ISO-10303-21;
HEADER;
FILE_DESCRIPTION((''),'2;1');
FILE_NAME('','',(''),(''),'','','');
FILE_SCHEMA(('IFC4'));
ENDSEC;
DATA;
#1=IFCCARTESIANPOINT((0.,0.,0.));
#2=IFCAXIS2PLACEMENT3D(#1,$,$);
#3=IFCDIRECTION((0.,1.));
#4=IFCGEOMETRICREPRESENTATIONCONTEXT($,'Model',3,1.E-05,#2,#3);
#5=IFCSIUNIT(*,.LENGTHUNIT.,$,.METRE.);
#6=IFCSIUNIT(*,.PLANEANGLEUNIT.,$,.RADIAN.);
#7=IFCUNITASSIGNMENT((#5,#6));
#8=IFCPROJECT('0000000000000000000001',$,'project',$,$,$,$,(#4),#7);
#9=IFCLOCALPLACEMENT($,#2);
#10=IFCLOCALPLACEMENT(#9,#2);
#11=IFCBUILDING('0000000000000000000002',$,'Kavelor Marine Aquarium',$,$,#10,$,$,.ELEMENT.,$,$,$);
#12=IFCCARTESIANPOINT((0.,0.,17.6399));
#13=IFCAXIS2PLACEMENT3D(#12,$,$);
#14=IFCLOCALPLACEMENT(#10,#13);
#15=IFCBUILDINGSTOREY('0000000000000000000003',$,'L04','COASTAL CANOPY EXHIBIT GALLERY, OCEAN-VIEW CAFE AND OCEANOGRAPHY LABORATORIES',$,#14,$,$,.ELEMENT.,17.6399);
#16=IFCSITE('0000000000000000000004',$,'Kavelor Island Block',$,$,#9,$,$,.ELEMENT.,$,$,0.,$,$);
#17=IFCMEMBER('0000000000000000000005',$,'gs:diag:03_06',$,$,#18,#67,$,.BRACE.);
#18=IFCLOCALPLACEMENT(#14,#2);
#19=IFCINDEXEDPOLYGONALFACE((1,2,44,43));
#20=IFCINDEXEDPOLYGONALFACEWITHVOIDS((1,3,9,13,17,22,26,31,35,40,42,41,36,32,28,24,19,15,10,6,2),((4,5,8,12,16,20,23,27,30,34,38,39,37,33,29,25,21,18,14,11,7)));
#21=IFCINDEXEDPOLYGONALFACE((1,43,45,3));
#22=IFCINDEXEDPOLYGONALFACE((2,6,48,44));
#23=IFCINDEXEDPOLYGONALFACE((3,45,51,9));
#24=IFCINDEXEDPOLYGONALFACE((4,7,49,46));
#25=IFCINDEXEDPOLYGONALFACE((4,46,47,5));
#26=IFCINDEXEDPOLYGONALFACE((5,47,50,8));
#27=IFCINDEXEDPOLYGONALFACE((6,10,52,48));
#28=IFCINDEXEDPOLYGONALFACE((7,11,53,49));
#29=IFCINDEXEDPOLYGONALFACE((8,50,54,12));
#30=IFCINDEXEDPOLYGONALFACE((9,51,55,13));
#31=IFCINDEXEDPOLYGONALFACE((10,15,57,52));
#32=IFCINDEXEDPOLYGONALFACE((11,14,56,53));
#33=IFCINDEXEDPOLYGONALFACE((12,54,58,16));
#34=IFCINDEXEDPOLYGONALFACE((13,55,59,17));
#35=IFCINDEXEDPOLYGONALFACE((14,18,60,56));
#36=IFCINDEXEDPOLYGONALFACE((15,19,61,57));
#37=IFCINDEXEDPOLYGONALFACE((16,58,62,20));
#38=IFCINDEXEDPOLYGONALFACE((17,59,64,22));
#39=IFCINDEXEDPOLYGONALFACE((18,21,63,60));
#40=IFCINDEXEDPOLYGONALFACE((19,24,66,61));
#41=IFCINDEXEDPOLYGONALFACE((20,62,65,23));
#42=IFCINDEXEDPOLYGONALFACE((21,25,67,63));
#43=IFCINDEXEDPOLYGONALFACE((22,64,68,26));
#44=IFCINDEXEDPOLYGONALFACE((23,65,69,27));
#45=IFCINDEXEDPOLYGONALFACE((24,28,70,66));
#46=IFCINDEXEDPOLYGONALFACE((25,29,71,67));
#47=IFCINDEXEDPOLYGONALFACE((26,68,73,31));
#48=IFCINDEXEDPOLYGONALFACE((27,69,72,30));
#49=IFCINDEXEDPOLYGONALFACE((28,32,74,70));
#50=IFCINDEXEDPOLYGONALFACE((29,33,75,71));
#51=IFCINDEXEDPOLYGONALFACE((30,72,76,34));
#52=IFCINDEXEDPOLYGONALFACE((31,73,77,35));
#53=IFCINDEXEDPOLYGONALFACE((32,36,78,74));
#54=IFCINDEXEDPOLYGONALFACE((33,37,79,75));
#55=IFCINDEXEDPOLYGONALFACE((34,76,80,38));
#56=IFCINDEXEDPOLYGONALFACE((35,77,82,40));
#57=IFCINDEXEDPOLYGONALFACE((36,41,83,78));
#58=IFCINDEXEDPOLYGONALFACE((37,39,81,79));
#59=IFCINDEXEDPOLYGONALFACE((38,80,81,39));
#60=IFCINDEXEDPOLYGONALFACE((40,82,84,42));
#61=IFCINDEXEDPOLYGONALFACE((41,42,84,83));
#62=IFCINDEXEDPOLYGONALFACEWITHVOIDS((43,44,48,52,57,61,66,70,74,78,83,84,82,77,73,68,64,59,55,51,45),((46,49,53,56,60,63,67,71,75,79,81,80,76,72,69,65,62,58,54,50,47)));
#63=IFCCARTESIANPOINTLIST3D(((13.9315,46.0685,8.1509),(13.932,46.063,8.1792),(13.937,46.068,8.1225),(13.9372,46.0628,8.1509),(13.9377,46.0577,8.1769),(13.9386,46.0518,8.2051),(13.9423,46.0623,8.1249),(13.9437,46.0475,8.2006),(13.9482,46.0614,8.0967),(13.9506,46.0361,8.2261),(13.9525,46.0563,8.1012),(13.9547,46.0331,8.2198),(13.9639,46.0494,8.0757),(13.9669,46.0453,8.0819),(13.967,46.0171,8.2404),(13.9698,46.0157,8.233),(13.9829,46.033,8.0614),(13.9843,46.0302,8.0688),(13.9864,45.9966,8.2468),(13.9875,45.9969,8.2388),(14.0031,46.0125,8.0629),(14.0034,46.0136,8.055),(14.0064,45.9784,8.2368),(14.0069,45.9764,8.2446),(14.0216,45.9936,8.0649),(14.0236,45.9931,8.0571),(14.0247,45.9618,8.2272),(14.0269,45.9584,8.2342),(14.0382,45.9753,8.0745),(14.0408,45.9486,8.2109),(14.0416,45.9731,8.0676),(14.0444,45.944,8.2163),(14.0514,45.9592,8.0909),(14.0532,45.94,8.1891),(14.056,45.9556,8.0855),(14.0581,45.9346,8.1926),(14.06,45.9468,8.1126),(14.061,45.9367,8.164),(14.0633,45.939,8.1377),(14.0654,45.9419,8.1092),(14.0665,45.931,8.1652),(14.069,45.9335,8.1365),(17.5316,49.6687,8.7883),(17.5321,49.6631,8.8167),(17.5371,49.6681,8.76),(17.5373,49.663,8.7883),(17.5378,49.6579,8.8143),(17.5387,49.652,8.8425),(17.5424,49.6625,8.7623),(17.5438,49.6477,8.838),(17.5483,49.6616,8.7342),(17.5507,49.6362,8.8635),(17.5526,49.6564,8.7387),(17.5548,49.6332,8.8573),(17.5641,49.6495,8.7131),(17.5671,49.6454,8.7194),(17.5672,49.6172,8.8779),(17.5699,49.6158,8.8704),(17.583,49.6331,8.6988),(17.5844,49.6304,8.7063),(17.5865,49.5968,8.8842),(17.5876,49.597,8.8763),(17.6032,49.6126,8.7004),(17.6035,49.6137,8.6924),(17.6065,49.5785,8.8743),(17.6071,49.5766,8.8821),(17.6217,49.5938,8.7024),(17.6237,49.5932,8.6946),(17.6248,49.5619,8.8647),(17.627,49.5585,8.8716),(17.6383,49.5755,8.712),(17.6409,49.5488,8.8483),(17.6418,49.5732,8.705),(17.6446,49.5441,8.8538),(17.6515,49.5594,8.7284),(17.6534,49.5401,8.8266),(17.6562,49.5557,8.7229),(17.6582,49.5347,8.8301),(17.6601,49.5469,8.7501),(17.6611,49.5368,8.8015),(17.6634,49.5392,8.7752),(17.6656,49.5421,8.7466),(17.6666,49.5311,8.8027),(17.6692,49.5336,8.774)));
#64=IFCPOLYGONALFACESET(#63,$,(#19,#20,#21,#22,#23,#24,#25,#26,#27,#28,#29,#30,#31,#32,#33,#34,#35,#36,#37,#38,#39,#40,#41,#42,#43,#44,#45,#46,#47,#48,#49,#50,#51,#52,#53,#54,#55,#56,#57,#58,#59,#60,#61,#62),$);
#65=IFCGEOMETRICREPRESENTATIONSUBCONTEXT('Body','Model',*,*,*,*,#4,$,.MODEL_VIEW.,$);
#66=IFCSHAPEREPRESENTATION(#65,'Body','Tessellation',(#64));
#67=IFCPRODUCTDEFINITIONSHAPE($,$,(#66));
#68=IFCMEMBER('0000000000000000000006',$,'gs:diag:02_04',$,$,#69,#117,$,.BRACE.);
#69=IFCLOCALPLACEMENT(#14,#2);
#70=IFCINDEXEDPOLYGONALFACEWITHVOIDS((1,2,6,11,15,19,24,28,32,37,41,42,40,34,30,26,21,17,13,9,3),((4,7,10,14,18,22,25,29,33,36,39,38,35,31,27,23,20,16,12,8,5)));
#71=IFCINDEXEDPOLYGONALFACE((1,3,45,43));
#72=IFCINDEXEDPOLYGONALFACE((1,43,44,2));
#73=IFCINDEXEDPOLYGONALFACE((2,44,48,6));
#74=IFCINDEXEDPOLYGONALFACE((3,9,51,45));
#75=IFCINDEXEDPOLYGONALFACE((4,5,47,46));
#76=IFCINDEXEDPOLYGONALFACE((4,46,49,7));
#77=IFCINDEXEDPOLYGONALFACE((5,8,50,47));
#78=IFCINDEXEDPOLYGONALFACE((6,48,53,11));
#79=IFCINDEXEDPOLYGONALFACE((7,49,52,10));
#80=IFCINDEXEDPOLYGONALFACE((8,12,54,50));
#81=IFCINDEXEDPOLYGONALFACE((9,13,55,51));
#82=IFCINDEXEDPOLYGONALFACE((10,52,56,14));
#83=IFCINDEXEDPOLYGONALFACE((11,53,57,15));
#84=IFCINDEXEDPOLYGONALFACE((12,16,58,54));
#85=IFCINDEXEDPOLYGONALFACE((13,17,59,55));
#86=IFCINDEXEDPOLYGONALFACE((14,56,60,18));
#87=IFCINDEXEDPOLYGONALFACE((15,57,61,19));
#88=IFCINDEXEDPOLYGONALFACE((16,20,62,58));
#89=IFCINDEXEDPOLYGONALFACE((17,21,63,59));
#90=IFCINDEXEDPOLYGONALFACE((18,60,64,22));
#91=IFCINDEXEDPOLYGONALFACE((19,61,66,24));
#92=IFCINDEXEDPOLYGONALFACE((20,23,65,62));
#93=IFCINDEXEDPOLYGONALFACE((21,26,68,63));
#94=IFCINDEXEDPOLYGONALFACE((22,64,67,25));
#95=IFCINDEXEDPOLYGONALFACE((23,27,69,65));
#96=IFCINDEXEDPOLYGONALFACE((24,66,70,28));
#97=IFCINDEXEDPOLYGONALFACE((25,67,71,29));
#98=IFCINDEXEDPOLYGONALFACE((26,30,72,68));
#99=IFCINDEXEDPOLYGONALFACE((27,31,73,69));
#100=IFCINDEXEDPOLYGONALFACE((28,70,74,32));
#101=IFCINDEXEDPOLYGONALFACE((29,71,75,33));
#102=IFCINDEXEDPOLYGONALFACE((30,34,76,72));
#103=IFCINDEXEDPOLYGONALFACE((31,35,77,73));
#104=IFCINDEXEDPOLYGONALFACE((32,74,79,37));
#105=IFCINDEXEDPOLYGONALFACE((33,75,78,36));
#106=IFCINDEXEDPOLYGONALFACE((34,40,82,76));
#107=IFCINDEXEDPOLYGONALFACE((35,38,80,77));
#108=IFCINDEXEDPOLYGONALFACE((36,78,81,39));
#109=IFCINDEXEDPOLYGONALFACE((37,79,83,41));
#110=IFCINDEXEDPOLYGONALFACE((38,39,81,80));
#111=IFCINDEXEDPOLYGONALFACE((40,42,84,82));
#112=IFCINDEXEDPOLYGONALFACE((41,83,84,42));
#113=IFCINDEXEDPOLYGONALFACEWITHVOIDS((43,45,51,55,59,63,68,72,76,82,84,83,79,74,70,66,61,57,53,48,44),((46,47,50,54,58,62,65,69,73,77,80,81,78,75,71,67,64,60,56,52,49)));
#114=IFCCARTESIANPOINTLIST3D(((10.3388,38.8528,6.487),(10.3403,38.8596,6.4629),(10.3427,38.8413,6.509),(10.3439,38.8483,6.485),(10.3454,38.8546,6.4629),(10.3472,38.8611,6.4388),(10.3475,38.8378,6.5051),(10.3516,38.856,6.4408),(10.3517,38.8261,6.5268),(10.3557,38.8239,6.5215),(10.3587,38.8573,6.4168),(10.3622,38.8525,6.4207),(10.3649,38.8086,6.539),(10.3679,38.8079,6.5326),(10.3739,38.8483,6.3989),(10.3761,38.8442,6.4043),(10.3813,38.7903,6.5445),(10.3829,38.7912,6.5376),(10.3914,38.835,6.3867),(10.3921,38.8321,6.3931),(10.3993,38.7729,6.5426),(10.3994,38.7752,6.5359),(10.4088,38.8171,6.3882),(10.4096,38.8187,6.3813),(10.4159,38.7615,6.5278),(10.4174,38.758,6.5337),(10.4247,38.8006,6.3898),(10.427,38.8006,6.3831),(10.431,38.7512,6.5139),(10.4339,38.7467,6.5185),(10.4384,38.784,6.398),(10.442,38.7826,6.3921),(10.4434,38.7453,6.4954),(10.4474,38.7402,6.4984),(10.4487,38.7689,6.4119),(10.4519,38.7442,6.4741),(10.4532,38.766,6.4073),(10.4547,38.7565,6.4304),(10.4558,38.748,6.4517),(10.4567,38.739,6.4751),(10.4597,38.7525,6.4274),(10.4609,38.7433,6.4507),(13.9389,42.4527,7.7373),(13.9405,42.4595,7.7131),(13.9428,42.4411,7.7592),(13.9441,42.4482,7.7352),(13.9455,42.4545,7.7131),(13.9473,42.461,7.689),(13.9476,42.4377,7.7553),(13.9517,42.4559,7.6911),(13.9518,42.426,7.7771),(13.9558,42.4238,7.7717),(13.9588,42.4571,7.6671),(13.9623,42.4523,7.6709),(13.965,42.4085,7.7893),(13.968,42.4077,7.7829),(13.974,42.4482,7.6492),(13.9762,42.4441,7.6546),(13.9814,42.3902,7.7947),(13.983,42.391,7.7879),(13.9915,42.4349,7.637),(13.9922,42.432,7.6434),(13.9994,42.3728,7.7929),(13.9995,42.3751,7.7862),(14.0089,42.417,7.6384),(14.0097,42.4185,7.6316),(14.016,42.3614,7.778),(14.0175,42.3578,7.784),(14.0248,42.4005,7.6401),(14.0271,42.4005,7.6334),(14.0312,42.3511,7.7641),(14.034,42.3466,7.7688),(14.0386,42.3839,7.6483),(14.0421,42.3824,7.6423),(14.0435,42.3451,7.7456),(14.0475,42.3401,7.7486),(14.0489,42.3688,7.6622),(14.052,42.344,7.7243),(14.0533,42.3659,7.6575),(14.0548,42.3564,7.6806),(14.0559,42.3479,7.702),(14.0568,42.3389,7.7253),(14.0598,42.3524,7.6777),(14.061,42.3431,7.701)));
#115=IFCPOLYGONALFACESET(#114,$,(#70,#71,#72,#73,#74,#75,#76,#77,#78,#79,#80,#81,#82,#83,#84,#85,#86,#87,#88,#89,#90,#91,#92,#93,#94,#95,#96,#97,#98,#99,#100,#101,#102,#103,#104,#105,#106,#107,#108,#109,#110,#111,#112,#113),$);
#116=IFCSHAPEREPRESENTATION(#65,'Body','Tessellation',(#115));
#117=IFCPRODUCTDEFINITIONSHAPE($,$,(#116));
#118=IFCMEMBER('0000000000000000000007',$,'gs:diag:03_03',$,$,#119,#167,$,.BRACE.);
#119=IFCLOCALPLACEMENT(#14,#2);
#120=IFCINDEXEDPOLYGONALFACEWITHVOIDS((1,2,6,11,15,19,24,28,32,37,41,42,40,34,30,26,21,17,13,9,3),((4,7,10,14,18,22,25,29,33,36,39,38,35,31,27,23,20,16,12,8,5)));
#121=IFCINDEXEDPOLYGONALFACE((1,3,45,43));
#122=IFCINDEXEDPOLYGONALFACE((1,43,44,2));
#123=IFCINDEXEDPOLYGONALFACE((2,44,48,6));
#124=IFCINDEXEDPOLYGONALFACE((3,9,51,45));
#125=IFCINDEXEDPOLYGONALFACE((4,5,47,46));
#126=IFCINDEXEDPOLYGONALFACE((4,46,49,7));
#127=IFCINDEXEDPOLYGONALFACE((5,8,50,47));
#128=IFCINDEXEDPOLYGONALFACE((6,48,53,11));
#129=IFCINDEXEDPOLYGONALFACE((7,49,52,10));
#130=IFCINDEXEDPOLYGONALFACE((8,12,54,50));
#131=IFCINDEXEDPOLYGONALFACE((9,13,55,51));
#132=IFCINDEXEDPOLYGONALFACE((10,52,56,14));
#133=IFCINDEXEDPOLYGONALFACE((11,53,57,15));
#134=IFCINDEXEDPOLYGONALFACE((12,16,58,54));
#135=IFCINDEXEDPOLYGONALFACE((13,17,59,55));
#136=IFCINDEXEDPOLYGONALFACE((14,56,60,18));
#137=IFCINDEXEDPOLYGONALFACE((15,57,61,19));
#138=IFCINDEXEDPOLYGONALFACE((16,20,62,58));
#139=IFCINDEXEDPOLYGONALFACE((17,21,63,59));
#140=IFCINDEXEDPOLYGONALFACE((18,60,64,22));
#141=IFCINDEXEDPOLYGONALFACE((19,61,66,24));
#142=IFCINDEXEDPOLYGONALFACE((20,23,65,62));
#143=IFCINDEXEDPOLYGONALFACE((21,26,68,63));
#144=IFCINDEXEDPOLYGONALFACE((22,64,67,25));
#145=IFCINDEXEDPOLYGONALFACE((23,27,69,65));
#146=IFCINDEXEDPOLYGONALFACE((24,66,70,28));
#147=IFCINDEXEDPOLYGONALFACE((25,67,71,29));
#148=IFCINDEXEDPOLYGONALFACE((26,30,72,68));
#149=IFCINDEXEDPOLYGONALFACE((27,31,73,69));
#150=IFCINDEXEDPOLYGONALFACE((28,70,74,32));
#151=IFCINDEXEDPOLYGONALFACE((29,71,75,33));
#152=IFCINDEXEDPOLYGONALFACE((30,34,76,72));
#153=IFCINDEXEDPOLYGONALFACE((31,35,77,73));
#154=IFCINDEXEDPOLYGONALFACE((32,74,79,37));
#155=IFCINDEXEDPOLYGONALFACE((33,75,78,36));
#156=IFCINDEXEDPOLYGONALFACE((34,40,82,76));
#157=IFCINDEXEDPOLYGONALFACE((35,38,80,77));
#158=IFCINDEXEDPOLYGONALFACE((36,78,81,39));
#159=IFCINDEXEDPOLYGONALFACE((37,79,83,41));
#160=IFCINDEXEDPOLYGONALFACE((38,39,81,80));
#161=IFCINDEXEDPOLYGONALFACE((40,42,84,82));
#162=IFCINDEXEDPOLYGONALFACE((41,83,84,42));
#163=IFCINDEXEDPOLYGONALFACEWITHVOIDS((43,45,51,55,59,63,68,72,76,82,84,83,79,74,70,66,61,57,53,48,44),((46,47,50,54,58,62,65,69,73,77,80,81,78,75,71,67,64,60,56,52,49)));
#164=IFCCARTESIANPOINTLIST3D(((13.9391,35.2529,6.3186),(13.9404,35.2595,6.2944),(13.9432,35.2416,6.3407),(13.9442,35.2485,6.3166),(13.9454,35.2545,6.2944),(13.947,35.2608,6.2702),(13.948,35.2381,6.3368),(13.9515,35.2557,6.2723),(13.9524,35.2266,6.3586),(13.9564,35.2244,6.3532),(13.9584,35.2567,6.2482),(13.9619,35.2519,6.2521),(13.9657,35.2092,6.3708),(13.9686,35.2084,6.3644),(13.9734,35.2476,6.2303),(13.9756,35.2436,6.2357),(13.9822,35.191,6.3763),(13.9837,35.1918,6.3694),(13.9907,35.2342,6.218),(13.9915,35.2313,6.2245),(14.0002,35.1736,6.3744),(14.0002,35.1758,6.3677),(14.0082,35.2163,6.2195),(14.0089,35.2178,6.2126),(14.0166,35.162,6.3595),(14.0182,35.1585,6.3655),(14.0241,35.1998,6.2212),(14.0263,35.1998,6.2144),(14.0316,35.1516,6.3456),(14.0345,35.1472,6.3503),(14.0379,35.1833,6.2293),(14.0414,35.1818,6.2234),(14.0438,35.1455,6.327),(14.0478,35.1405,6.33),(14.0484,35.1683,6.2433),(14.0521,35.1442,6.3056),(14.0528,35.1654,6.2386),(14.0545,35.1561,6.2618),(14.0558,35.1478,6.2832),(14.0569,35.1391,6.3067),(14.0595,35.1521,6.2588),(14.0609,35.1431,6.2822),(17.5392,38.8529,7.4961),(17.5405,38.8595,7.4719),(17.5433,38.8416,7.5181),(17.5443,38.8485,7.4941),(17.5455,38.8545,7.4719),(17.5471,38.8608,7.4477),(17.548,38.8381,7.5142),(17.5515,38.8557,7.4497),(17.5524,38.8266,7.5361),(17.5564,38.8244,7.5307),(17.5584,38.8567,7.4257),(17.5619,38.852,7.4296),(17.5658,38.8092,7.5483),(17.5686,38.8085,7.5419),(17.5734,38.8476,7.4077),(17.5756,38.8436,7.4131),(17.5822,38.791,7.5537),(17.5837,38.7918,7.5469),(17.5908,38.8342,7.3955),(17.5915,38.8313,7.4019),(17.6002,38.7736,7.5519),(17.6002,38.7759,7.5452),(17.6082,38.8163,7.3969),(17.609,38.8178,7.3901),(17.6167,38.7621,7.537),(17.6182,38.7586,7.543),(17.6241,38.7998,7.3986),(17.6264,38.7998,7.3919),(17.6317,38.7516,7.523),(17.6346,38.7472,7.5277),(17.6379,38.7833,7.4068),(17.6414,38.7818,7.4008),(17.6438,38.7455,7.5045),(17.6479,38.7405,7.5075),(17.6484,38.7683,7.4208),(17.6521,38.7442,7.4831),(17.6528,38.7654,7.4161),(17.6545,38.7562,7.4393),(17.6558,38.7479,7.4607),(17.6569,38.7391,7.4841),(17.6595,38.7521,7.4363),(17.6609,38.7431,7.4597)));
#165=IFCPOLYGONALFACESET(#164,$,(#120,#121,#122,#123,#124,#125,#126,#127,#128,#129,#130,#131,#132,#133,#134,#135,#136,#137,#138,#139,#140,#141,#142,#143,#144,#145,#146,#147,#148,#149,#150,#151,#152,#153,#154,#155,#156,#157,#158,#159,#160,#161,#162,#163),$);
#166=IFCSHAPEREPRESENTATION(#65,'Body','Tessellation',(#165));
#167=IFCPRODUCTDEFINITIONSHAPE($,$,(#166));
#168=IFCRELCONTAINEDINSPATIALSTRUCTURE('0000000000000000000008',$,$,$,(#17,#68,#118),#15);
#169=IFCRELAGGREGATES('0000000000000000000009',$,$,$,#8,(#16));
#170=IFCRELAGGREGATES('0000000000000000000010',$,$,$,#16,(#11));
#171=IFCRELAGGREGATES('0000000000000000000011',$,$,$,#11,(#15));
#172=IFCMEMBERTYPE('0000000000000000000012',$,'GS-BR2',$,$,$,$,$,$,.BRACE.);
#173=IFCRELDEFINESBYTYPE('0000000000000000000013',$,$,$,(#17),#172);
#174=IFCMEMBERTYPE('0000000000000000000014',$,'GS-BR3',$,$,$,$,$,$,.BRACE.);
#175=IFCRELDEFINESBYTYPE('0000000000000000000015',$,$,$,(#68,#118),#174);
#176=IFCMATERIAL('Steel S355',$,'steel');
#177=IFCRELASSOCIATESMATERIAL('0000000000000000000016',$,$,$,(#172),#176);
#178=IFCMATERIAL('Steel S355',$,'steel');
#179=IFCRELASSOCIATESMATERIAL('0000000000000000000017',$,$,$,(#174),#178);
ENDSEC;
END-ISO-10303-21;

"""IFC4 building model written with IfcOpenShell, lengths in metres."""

from ifc_helpers import new_model, si_unit, direction, frame, origin, origin_2d, place, context, subcontext, project, spatial, hollow_circle, extrude, material, material_profile, profile_set, type_object, element, save


model = new_model("IFC4")

# Units and contexts
model_context = context("Model", 3, precision=1e-05, world=origin(), true_north=direction((0.0, 1.0)))
body_context = subcontext(model_context, "Body", "Model", "MODEL_VIEW")
ifc_project = project(units=[si_unit("LENGTHUNIT", "METRE"), si_unit("PLANEANGLEUNIT", "RADIAN")], contexts=[model_context])

# Site, building, storey
site_placement = place(None, origin())
site = spatial("IfcSite", under=ifc_project, at=site_placement, Name="Kavelor Island Block", CompositionType="ELEMENT", RefElevation=0.0)
building_placement = place(site_placement, origin())
building = spatial("IfcBuilding", under=site, at=building_placement, Name="Kavelor Marine Aquarium", CompositionType="ELEMENT")
storey_placement = place(building_placement, frame((0.0, 0.0, 17.6399)))
storey = spatial("IfcBuildingStorey", under=building, at=storey_placement, Name="L04", Description="COASTAL CANOPY EXHIBIT GALLERY, OCEAN-VIEW CAFE AND OCEANOGRAPHY LABORATORIES", CompositionType="ELEMENT", Elevation=17.6399)

# Members
ifc_material_1 = material(Name="Steel S355", Category="steel")
ifc_material_profile_1 = material_profile(ifc_material_1, hollow_circle(Radius=0.0969, WallThickness=0.0081, at=origin_2d()), Name="CHS 193.7x8.0")
ifc_profile_set_1 = profile_set([ifc_material_profile_1], Name="Steel S355")
member_type_1 = type_object("IfcMemberType", Name="GS-BR2", PredefinedType="BRACE", material=ifc_profile_set_1)
member_1_placement = place(storey_placement, frame((14.0, 46.0, 8.1509), z_axis=(0.701629, 0.701629, 0.124234), x_axis=(-0.707107, 0.707107, 0.0)))
element("IfcMember", 1, at=member_1_placement, inside=storey, type_object=member_type_1, Name="gs:diag:03_06", PredefinedType="BRACE", context=body_context, shape_type="SweptSolid", body=[
    extrude(hollow_circle(Radius=0.0969, WallThickness=0.0081, at=origin_2d()), origin(), (0.0, 0.0, 1.0), 5.1311),
])
ifc_material_2 = material(Name="Steel S355", Category="steel")
ifc_material_profile_2 = material_profile(ifc_material_2, hollow_circle(Radius=0.0842, WallThickness=0.0071, at=origin_2d()), Name="CHS 168.3x7.1")
ifc_profile_set_2 = profile_set([ifc_material_profile_2], Name="Steel S355")
member_type_2 = type_object("IfcMemberType", Name="GS-BR3", PredefinedType="BRACE", material=ifc_profile_set_2)
member_2_placement = place(storey_placement, frame((10.3999, 38.8, 6.4629), z_axis=(0.686727, 0.68668, 0.238487), x_axis=(-0.707083, 0.707131, 0.0)))
element("IfcMember", 2, at=member_2_placement, inside=storey, type_object=member_type_2, Name="gs:diag:02_04", PredefinedType="BRACE", context=body_context, shape_type="SweptSolid", body=[
    extrude(hollow_circle(Radius=0.0842, WallThickness=0.0071, at=origin_2d()), origin(), (0.0, 0.0, 1.0), 5.2424),
])
member_3_placement = place(storey_placement, frame((14.0, 35.2, 6.2944), z_axis=(0.688922, 0.688922, 0.225327), x_axis=(-0.707107, 0.707107, 0.0)))
element("IfcMember", 3, at=member_3_placement, inside=storey, type_object=member_type_2, Name="gs:diag:03_03", PredefinedType="BRACE", context=body_context, shape_type="SweptSolid", body=[
    extrude(hollow_circle(Radius=0.0842, WallThickness=0.0071, at=origin_2d()), origin(), (0.0, 0.0, 1.0), 5.2256),
])

save(model, "model.ifc")
